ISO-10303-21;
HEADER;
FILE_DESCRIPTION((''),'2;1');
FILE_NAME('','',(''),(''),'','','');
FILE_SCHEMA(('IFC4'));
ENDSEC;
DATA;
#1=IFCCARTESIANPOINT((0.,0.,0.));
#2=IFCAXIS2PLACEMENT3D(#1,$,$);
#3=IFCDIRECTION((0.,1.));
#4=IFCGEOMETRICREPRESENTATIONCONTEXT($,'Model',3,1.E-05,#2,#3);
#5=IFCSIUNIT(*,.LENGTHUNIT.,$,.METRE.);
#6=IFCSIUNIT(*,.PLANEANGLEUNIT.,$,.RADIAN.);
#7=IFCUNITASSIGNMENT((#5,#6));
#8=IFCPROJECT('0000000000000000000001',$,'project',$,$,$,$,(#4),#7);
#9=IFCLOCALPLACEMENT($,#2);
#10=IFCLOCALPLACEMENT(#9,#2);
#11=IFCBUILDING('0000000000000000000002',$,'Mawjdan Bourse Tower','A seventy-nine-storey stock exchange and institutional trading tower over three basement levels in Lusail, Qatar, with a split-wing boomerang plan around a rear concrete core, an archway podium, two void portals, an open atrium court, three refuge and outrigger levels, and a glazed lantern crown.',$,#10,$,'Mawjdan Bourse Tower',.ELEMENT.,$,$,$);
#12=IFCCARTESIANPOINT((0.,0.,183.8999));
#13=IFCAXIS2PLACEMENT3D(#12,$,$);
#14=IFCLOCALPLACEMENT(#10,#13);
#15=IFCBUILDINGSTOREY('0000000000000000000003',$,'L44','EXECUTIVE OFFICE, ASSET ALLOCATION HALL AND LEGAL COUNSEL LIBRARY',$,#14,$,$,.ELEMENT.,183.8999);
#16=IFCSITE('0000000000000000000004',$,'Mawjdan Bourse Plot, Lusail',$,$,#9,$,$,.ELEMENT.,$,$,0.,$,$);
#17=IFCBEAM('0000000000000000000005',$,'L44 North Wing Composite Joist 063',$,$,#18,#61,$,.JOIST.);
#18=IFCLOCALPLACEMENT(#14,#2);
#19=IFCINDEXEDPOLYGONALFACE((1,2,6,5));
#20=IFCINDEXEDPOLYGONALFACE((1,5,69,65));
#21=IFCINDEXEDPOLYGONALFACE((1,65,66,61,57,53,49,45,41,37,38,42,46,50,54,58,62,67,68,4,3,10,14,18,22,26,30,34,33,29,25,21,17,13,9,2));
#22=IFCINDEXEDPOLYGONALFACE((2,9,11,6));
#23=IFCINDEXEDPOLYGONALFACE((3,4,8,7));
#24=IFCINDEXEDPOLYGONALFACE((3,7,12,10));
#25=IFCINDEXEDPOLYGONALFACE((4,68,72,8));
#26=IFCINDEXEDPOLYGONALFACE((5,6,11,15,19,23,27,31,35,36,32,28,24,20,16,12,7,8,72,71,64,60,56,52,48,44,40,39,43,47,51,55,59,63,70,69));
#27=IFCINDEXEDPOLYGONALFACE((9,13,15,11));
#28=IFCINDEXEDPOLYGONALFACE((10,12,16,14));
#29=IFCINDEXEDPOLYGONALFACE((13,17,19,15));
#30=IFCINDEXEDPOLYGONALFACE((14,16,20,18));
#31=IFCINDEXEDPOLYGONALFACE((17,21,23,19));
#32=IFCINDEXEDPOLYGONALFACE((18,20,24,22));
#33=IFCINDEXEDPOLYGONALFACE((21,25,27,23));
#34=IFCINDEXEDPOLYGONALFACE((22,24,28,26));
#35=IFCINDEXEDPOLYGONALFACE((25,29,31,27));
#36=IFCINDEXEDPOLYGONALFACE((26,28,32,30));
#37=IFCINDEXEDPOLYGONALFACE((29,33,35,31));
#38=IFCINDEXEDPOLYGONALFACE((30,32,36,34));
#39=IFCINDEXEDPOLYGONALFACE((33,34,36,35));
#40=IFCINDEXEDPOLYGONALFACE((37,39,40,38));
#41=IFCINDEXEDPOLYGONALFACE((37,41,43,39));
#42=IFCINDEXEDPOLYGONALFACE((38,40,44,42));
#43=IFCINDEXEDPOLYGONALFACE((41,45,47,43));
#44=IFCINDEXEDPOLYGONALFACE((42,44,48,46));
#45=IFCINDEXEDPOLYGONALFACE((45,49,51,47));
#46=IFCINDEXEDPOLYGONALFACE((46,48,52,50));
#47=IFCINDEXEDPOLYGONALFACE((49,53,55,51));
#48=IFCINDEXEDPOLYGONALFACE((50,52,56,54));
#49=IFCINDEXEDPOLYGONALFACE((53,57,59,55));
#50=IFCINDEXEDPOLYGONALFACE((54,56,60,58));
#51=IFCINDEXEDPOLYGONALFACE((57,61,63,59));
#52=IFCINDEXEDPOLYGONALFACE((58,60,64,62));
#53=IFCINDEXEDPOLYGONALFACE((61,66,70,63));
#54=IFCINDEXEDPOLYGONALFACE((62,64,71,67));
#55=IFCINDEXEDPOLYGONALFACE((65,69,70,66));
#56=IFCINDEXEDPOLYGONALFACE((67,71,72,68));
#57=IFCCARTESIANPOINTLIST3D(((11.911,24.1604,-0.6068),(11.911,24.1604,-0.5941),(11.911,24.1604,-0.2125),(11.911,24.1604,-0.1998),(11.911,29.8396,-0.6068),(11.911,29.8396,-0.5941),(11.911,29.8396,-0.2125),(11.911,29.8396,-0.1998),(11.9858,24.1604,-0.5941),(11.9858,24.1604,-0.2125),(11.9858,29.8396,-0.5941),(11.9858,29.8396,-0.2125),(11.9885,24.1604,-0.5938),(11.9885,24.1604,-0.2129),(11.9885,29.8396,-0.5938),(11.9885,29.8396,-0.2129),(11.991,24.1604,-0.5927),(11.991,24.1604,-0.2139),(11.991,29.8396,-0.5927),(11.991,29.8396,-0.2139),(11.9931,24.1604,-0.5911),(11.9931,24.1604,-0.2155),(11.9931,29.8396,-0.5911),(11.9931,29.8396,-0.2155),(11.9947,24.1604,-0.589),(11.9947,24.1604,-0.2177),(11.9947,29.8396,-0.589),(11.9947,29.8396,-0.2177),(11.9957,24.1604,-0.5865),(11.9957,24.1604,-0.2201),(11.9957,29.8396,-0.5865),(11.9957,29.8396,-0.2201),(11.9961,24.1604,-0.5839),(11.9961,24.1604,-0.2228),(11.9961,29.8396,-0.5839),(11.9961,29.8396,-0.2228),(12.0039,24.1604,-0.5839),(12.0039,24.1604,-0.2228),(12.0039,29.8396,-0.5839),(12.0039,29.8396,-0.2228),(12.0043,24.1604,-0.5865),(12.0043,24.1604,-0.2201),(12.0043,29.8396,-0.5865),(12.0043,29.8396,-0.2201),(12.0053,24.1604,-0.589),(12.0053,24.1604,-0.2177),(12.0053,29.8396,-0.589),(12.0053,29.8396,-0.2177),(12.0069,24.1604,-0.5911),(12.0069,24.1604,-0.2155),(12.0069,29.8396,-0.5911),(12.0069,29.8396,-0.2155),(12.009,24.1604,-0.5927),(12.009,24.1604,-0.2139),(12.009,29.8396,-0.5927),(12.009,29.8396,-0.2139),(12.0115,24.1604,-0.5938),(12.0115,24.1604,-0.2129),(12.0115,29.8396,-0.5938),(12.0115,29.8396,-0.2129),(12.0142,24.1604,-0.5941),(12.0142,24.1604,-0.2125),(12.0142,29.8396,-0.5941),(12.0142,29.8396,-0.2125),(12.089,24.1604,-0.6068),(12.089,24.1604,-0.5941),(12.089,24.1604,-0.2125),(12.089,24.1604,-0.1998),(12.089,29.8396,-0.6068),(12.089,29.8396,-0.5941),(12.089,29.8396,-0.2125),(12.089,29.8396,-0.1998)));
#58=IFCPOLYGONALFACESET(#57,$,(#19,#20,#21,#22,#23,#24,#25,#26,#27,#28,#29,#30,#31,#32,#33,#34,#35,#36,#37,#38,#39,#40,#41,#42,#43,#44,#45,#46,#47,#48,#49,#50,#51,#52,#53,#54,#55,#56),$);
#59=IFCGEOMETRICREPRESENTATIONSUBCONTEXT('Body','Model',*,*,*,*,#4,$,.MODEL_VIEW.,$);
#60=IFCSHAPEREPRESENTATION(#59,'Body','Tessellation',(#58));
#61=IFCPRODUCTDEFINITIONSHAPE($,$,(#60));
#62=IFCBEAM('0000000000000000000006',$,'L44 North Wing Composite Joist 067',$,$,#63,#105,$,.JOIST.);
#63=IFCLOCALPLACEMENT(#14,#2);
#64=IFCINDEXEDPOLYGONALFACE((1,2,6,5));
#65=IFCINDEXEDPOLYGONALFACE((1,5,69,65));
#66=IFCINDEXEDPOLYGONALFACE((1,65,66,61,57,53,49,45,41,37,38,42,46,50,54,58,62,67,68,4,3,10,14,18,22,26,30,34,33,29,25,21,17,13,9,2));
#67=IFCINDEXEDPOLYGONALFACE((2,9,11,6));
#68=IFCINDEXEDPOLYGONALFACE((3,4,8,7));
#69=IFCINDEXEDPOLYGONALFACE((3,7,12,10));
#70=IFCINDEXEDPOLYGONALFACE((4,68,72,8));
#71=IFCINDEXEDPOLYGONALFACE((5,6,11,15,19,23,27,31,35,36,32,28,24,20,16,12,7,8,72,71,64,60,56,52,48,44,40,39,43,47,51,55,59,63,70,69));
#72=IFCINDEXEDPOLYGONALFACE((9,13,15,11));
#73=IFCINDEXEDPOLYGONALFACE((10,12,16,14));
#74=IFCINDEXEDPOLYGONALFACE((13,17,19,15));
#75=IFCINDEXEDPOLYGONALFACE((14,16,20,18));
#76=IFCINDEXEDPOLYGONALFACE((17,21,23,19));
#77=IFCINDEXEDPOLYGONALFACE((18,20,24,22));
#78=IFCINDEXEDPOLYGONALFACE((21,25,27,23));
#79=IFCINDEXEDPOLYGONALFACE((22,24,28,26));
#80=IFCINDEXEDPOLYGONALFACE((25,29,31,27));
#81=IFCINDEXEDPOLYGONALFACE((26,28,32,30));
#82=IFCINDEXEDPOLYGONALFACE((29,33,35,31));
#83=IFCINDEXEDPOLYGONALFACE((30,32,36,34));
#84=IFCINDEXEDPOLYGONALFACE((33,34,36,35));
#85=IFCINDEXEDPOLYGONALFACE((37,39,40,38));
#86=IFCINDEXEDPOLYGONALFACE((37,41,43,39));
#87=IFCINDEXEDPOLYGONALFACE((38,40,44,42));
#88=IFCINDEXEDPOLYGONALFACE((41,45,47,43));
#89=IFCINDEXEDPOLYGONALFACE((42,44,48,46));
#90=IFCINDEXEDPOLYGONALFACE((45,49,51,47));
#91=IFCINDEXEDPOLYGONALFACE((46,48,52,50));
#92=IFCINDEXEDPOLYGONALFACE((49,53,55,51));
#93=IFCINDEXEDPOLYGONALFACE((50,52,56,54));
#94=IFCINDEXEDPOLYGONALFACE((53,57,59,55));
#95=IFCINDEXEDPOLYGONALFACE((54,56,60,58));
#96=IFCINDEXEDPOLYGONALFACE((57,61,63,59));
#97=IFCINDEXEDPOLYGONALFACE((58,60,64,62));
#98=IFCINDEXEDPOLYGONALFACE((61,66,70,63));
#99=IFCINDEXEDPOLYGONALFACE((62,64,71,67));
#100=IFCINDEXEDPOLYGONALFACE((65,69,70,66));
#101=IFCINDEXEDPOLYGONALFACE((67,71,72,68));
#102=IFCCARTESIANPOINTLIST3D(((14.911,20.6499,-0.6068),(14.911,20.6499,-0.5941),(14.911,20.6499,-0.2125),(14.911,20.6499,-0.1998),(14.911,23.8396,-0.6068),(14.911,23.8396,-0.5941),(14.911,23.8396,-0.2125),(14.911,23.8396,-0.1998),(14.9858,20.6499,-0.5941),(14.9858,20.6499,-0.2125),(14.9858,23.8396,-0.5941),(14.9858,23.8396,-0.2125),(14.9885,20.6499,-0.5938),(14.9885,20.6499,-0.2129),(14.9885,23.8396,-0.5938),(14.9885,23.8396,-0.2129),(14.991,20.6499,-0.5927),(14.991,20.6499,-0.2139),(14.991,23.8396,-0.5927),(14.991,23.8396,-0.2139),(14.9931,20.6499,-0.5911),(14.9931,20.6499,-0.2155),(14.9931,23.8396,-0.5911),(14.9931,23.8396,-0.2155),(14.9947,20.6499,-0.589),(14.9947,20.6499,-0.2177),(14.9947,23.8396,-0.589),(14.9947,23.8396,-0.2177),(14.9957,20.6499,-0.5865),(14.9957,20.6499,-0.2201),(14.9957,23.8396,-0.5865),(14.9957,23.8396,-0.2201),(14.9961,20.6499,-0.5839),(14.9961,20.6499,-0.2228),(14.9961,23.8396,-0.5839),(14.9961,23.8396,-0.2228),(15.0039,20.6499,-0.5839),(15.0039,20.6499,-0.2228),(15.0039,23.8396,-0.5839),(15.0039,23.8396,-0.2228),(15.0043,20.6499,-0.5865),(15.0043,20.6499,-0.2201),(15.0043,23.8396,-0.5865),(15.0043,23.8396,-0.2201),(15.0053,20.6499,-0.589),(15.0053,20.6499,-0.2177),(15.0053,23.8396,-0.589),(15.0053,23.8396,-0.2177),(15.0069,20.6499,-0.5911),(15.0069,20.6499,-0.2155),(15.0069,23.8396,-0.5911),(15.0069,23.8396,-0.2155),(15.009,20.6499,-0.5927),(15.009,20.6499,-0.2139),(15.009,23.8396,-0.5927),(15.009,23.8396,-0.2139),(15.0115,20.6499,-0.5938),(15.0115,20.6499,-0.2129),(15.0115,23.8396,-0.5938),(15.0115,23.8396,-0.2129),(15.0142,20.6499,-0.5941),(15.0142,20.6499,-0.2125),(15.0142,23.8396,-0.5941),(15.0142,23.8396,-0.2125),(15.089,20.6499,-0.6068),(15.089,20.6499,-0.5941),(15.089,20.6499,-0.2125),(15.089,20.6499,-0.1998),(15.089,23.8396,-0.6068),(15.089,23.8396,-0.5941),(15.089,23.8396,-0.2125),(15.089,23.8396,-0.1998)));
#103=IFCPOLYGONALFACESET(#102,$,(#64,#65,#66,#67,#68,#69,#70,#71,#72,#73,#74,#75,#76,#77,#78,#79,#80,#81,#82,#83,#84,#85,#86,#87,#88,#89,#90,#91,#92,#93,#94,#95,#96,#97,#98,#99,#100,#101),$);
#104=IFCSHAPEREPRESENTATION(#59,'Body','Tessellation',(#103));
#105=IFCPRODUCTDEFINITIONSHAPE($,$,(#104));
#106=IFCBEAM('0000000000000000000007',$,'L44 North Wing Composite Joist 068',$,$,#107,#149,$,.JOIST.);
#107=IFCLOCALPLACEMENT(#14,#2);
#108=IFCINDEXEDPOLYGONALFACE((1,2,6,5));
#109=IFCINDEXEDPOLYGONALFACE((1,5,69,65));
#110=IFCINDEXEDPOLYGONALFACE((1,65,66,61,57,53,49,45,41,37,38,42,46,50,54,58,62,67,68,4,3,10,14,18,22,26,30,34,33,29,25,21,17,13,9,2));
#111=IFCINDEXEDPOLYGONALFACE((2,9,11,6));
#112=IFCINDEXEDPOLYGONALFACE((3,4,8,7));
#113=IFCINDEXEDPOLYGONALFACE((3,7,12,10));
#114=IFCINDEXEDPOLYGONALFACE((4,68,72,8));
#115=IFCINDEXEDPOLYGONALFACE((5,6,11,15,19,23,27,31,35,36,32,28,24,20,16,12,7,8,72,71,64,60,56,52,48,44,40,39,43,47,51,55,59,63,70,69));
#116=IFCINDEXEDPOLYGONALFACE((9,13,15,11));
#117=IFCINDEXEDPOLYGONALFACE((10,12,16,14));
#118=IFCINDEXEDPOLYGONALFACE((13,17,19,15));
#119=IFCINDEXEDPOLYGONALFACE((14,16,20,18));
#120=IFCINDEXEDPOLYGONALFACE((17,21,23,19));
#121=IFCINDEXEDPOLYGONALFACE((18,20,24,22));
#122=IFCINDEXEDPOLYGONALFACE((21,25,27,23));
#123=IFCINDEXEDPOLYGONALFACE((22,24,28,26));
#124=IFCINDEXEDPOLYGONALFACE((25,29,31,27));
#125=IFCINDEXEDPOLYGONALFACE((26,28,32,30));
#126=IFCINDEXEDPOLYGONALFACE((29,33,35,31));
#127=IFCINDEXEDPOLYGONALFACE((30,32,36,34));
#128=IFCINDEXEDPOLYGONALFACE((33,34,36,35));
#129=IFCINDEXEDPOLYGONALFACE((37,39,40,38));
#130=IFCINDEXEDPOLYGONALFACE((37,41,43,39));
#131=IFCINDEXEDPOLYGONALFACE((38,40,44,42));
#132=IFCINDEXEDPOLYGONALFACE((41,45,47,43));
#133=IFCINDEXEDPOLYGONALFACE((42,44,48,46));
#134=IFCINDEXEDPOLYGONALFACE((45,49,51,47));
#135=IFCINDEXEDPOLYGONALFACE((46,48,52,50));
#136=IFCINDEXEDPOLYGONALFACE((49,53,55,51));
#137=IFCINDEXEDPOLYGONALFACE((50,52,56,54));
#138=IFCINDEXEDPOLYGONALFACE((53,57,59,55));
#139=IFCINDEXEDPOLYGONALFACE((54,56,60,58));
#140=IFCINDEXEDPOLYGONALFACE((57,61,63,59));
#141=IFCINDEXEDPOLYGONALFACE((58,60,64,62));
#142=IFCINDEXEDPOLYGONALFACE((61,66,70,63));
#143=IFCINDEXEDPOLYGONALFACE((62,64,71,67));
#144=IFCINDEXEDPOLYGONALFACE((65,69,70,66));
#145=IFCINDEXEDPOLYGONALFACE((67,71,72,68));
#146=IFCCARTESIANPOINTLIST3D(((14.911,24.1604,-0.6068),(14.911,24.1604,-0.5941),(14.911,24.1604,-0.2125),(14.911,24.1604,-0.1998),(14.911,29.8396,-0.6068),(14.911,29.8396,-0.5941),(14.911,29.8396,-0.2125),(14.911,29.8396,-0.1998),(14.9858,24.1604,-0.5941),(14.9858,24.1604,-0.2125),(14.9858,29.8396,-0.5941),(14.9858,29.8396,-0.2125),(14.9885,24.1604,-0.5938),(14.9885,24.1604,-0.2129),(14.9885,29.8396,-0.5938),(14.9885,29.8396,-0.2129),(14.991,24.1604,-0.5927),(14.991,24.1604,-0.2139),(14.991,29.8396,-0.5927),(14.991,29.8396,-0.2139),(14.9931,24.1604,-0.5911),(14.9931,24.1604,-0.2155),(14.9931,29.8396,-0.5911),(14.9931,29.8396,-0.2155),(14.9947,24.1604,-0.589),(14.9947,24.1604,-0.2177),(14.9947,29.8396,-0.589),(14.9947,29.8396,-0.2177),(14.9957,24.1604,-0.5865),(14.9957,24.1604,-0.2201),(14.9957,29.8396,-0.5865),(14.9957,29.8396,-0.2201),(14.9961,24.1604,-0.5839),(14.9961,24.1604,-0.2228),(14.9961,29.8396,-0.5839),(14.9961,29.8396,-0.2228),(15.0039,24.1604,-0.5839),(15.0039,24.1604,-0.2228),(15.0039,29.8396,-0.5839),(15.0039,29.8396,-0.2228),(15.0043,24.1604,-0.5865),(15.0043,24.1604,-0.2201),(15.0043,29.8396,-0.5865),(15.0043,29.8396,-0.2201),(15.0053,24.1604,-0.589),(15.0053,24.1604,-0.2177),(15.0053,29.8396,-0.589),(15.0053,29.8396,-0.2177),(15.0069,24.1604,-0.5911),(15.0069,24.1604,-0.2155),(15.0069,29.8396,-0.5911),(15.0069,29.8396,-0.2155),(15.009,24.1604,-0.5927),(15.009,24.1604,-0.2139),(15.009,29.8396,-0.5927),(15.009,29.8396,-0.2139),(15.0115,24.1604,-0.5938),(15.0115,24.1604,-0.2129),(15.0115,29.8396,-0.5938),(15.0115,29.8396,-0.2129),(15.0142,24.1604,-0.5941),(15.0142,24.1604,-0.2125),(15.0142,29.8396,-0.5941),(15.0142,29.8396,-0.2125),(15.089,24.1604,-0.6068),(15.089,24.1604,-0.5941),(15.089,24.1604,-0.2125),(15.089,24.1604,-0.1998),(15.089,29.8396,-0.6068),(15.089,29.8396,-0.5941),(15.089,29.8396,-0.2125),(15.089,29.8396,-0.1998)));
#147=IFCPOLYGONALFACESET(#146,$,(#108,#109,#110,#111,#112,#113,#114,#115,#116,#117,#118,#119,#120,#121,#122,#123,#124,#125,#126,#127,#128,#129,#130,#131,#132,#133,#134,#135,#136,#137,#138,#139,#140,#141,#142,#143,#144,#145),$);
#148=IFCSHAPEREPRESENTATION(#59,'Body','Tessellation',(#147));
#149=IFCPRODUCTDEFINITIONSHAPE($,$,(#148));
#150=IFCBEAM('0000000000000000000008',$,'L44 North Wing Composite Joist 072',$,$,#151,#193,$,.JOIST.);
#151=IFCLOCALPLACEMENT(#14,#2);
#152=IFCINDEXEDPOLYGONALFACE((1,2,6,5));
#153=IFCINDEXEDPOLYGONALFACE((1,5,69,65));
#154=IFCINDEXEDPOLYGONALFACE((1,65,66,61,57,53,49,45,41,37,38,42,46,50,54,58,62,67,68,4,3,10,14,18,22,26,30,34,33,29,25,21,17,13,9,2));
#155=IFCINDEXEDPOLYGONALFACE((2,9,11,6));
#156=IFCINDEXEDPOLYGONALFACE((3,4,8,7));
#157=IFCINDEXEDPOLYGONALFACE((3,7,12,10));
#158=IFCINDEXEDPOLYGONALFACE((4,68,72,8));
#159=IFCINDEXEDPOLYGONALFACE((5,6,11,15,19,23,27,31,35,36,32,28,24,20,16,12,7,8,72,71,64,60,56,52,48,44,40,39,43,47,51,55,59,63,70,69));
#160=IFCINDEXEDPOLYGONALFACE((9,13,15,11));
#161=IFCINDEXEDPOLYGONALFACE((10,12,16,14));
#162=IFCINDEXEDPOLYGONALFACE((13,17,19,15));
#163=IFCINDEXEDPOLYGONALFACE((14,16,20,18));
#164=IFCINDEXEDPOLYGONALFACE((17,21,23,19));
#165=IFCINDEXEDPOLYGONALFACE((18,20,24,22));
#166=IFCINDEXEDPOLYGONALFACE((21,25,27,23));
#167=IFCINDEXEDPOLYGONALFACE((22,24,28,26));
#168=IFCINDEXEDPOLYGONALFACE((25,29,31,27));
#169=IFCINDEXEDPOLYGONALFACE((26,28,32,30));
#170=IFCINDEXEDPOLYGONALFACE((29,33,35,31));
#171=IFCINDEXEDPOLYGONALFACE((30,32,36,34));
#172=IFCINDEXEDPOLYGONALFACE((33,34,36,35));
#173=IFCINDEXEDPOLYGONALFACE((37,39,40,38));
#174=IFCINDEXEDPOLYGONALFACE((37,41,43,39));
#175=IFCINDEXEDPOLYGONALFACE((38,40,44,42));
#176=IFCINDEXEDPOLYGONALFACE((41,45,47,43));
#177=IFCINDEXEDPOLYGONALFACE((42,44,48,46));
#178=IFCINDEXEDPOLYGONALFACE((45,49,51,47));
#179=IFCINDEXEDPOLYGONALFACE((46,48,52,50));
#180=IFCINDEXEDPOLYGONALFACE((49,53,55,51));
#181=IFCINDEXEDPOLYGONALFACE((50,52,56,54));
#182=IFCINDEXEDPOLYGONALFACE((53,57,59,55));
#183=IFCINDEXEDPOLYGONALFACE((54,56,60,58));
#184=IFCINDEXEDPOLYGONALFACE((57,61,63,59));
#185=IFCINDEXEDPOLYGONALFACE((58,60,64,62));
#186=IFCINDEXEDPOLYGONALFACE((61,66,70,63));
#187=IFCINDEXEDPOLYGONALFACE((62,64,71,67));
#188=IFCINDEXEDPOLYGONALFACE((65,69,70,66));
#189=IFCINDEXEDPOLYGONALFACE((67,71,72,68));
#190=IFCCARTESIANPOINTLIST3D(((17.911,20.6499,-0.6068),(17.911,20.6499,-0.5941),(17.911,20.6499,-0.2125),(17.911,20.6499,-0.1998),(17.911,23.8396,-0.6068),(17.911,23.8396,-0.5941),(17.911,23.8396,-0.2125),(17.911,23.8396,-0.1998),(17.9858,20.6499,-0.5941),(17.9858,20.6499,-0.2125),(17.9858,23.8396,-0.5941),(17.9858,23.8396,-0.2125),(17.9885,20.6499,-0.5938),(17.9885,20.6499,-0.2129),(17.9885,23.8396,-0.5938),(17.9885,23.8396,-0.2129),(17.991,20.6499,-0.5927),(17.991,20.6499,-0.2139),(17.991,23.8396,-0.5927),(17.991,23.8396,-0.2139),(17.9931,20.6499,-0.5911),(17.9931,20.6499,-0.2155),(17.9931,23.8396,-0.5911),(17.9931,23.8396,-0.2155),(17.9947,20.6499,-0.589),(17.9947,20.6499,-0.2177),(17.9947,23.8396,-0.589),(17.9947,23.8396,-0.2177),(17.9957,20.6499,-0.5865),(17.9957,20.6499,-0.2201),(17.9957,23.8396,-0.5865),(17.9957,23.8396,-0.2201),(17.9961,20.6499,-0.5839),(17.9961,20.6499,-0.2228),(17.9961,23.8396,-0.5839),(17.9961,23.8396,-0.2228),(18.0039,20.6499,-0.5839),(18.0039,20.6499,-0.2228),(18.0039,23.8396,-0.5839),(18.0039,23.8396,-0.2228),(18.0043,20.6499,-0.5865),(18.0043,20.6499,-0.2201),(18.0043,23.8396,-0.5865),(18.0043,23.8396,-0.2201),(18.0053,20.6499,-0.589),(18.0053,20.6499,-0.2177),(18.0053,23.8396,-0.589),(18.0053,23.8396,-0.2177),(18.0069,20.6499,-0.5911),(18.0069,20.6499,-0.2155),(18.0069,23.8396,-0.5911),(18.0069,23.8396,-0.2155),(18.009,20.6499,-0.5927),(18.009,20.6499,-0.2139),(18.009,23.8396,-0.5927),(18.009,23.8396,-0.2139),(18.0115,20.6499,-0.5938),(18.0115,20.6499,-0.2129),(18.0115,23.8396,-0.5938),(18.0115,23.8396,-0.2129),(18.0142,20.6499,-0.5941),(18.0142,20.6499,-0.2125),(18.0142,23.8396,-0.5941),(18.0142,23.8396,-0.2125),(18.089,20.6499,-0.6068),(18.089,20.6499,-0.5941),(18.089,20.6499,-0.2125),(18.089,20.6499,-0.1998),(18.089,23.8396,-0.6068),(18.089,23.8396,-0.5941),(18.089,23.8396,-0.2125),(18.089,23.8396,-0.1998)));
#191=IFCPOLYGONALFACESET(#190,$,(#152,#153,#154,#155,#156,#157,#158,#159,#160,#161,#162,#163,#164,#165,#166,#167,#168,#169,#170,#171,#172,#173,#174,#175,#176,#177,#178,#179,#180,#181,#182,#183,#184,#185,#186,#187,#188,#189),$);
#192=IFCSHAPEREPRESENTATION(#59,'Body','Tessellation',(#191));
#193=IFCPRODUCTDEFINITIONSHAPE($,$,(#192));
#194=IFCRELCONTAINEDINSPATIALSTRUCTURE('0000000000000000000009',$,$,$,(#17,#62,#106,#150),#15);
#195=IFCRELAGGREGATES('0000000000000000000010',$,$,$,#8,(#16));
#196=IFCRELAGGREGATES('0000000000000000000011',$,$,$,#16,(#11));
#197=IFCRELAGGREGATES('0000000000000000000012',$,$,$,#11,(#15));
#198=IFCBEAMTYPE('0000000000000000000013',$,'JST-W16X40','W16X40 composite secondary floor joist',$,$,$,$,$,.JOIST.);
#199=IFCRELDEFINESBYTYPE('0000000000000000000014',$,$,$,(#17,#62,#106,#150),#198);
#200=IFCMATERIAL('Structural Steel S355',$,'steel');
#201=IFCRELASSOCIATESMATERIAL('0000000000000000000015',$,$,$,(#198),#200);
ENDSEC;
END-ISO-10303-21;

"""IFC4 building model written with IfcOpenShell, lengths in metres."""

from ifc_helpers import new_model, si_unit, direction, frame, origin, origin_2d, place, context, subcontext, project, spatial, i_section, extrude, material, material_profile, profile_set, type_object, element, save


model = new_model("IFC4")

# Units and contexts
model_context = context("Model", 3, precision=1e-05, world=origin(), true_north=direction((0.0, 1.0)))
body_context = subcontext(model_context, "Body", "Model", "MODEL_VIEW")
ifc_project = project(units=[si_unit("LENGTHUNIT", "METRE"), si_unit("PLANEANGLEUNIT", "RADIAN")], contexts=[model_context])

# Site, building, storey
site_placement = place(None, origin())
site = spatial("IfcSite", under=ifc_project, at=site_placement, Name="Mawjdan Bourse Plot, Lusail", CompositionType="ELEMENT", RefElevation=0.0)
building_placement = place(site_placement, origin())
building = spatial("IfcBuilding", under=site, at=building_placement, Name="Mawjdan Bourse Tower", Description="A seventy-nine-storey stock exchange and institutional trading tower over three basement levels in Lusail, Qatar, with a split-wing boomerang plan around a rear concrete core, an archway podium, two void portals, an open atrium court, three refuge and outrigger levels, and a glazed lantern crown.", LongName="Mawjdan Bourse Tower", CompositionType="ELEMENT")
storey_placement = place(building_placement, frame((0.0, 0.0, 183.8999)))
storey = spatial("IfcBuildingStorey", under=building, at=storey_placement, Name="L44", Description="EXECUTIVE OFFICE, ASSET ALLOCATION HALL AND LEGAL COUNSEL LIBRARY", CompositionType="ELEMENT", Elevation=183.8999)

# Beams
ifc_material_1 = material(Name="Structural Steel S355", Category="steel")
ifc_material_profile_1 = material_profile(ifc_material_1, i_section(OverallWidth=0.178, OverallDepth=0.407, WebThickness=0.0078, FlangeThickness=0.0127, FilletRadius=0.0103, at=origin_2d()), Name="W16X40")
ifc_profile_set_1 = profile_set([ifc_material_profile_1], Name="Structural Steel S355")
beam_type_1 = type_object("IfcBeamType", Name="JST-W16X40", Description="W16X40 composite secondary floor joist", PredefinedType="JOIST", material=ifc_profile_set_1)
beam_1_placement = place(storey_placement, frame((12.0, 24.1604, -0.4033), z_axis=(0.0, 1.0, 0.0), x_axis=(-1.0, 0.0, 0.0)))
element("IfcBeam", 1, at=beam_1_placement, inside=storey, type_object=beam_type_1, Name="L44 North Wing Composite Joist 063", PredefinedType="JOIST", context=body_context, shape_type="SweptSolid", body=[
    extrude(i_section(OverallWidth=0.178, OverallDepth=0.407, WebThickness=0.0078, FlangeThickness=0.0127, FilletRadius=0.0103, at=origin_2d()), origin(), (0.0, 0.0, 1.0), 5.6792),
])
beam_2_placement = place(storey_placement, frame((15.0, 20.6499, -0.4033), z_axis=(0.0, 1.0, 0.0), x_axis=(-1.0, 0.0, 0.0)))
element("IfcBeam", 2, at=beam_2_placement, inside=storey, type_object=beam_type_1, Name="L44 North Wing Composite Joist 067", PredefinedType="JOIST", context=body_context, shape_type="SweptSolid", body=[
    extrude(i_section(OverallWidth=0.178, OverallDepth=0.407, WebThickness=0.0078, FlangeThickness=0.0127, FilletRadius=0.0103, at=origin_2d()), origin(), (0.0, 0.0, 1.0), 3.1897),
])
beam_3_placement = place(storey_placement, frame((15.0, 24.1604, -0.4033), z_axis=(0.0, 1.0, 0.0), x_axis=(-1.0, 0.0, 0.0)))
element("IfcBeam", 3, at=beam_3_placement, inside=storey, type_object=beam_type_1, Name="L44 North Wing Composite Joist 068", PredefinedType="JOIST", context=body_context, shape_type="SweptSolid", body=[
    extrude(i_section(OverallWidth=0.178, OverallDepth=0.407, WebThickness=0.0078, FlangeThickness=0.0127, FilletRadius=0.0103, at=origin_2d()), origin(), (0.0, 0.0, 1.0), 5.6792),
])
beam_4_placement = place(storey_placement, frame((18.0, 20.6499, -0.4033), z_axis=(0.0, 1.0, 0.0), x_axis=(-1.0, 0.0, 0.0)))
element("IfcBeam", 4, at=beam_4_placement, inside=storey, type_object=beam_type_1, Name="L44 North Wing Composite Joist 072", PredefinedType="JOIST", context=body_context, shape_type="SweptSolid", body=[
    extrude(i_section(OverallWidth=0.178, OverallDepth=0.407, WebThickness=0.0078, FlangeThickness=0.0127, FilletRadius=0.0103, at=origin_2d()), origin(), (0.0, 0.0, 1.0), 3.1897),
])

save(model, "model.ifc")
